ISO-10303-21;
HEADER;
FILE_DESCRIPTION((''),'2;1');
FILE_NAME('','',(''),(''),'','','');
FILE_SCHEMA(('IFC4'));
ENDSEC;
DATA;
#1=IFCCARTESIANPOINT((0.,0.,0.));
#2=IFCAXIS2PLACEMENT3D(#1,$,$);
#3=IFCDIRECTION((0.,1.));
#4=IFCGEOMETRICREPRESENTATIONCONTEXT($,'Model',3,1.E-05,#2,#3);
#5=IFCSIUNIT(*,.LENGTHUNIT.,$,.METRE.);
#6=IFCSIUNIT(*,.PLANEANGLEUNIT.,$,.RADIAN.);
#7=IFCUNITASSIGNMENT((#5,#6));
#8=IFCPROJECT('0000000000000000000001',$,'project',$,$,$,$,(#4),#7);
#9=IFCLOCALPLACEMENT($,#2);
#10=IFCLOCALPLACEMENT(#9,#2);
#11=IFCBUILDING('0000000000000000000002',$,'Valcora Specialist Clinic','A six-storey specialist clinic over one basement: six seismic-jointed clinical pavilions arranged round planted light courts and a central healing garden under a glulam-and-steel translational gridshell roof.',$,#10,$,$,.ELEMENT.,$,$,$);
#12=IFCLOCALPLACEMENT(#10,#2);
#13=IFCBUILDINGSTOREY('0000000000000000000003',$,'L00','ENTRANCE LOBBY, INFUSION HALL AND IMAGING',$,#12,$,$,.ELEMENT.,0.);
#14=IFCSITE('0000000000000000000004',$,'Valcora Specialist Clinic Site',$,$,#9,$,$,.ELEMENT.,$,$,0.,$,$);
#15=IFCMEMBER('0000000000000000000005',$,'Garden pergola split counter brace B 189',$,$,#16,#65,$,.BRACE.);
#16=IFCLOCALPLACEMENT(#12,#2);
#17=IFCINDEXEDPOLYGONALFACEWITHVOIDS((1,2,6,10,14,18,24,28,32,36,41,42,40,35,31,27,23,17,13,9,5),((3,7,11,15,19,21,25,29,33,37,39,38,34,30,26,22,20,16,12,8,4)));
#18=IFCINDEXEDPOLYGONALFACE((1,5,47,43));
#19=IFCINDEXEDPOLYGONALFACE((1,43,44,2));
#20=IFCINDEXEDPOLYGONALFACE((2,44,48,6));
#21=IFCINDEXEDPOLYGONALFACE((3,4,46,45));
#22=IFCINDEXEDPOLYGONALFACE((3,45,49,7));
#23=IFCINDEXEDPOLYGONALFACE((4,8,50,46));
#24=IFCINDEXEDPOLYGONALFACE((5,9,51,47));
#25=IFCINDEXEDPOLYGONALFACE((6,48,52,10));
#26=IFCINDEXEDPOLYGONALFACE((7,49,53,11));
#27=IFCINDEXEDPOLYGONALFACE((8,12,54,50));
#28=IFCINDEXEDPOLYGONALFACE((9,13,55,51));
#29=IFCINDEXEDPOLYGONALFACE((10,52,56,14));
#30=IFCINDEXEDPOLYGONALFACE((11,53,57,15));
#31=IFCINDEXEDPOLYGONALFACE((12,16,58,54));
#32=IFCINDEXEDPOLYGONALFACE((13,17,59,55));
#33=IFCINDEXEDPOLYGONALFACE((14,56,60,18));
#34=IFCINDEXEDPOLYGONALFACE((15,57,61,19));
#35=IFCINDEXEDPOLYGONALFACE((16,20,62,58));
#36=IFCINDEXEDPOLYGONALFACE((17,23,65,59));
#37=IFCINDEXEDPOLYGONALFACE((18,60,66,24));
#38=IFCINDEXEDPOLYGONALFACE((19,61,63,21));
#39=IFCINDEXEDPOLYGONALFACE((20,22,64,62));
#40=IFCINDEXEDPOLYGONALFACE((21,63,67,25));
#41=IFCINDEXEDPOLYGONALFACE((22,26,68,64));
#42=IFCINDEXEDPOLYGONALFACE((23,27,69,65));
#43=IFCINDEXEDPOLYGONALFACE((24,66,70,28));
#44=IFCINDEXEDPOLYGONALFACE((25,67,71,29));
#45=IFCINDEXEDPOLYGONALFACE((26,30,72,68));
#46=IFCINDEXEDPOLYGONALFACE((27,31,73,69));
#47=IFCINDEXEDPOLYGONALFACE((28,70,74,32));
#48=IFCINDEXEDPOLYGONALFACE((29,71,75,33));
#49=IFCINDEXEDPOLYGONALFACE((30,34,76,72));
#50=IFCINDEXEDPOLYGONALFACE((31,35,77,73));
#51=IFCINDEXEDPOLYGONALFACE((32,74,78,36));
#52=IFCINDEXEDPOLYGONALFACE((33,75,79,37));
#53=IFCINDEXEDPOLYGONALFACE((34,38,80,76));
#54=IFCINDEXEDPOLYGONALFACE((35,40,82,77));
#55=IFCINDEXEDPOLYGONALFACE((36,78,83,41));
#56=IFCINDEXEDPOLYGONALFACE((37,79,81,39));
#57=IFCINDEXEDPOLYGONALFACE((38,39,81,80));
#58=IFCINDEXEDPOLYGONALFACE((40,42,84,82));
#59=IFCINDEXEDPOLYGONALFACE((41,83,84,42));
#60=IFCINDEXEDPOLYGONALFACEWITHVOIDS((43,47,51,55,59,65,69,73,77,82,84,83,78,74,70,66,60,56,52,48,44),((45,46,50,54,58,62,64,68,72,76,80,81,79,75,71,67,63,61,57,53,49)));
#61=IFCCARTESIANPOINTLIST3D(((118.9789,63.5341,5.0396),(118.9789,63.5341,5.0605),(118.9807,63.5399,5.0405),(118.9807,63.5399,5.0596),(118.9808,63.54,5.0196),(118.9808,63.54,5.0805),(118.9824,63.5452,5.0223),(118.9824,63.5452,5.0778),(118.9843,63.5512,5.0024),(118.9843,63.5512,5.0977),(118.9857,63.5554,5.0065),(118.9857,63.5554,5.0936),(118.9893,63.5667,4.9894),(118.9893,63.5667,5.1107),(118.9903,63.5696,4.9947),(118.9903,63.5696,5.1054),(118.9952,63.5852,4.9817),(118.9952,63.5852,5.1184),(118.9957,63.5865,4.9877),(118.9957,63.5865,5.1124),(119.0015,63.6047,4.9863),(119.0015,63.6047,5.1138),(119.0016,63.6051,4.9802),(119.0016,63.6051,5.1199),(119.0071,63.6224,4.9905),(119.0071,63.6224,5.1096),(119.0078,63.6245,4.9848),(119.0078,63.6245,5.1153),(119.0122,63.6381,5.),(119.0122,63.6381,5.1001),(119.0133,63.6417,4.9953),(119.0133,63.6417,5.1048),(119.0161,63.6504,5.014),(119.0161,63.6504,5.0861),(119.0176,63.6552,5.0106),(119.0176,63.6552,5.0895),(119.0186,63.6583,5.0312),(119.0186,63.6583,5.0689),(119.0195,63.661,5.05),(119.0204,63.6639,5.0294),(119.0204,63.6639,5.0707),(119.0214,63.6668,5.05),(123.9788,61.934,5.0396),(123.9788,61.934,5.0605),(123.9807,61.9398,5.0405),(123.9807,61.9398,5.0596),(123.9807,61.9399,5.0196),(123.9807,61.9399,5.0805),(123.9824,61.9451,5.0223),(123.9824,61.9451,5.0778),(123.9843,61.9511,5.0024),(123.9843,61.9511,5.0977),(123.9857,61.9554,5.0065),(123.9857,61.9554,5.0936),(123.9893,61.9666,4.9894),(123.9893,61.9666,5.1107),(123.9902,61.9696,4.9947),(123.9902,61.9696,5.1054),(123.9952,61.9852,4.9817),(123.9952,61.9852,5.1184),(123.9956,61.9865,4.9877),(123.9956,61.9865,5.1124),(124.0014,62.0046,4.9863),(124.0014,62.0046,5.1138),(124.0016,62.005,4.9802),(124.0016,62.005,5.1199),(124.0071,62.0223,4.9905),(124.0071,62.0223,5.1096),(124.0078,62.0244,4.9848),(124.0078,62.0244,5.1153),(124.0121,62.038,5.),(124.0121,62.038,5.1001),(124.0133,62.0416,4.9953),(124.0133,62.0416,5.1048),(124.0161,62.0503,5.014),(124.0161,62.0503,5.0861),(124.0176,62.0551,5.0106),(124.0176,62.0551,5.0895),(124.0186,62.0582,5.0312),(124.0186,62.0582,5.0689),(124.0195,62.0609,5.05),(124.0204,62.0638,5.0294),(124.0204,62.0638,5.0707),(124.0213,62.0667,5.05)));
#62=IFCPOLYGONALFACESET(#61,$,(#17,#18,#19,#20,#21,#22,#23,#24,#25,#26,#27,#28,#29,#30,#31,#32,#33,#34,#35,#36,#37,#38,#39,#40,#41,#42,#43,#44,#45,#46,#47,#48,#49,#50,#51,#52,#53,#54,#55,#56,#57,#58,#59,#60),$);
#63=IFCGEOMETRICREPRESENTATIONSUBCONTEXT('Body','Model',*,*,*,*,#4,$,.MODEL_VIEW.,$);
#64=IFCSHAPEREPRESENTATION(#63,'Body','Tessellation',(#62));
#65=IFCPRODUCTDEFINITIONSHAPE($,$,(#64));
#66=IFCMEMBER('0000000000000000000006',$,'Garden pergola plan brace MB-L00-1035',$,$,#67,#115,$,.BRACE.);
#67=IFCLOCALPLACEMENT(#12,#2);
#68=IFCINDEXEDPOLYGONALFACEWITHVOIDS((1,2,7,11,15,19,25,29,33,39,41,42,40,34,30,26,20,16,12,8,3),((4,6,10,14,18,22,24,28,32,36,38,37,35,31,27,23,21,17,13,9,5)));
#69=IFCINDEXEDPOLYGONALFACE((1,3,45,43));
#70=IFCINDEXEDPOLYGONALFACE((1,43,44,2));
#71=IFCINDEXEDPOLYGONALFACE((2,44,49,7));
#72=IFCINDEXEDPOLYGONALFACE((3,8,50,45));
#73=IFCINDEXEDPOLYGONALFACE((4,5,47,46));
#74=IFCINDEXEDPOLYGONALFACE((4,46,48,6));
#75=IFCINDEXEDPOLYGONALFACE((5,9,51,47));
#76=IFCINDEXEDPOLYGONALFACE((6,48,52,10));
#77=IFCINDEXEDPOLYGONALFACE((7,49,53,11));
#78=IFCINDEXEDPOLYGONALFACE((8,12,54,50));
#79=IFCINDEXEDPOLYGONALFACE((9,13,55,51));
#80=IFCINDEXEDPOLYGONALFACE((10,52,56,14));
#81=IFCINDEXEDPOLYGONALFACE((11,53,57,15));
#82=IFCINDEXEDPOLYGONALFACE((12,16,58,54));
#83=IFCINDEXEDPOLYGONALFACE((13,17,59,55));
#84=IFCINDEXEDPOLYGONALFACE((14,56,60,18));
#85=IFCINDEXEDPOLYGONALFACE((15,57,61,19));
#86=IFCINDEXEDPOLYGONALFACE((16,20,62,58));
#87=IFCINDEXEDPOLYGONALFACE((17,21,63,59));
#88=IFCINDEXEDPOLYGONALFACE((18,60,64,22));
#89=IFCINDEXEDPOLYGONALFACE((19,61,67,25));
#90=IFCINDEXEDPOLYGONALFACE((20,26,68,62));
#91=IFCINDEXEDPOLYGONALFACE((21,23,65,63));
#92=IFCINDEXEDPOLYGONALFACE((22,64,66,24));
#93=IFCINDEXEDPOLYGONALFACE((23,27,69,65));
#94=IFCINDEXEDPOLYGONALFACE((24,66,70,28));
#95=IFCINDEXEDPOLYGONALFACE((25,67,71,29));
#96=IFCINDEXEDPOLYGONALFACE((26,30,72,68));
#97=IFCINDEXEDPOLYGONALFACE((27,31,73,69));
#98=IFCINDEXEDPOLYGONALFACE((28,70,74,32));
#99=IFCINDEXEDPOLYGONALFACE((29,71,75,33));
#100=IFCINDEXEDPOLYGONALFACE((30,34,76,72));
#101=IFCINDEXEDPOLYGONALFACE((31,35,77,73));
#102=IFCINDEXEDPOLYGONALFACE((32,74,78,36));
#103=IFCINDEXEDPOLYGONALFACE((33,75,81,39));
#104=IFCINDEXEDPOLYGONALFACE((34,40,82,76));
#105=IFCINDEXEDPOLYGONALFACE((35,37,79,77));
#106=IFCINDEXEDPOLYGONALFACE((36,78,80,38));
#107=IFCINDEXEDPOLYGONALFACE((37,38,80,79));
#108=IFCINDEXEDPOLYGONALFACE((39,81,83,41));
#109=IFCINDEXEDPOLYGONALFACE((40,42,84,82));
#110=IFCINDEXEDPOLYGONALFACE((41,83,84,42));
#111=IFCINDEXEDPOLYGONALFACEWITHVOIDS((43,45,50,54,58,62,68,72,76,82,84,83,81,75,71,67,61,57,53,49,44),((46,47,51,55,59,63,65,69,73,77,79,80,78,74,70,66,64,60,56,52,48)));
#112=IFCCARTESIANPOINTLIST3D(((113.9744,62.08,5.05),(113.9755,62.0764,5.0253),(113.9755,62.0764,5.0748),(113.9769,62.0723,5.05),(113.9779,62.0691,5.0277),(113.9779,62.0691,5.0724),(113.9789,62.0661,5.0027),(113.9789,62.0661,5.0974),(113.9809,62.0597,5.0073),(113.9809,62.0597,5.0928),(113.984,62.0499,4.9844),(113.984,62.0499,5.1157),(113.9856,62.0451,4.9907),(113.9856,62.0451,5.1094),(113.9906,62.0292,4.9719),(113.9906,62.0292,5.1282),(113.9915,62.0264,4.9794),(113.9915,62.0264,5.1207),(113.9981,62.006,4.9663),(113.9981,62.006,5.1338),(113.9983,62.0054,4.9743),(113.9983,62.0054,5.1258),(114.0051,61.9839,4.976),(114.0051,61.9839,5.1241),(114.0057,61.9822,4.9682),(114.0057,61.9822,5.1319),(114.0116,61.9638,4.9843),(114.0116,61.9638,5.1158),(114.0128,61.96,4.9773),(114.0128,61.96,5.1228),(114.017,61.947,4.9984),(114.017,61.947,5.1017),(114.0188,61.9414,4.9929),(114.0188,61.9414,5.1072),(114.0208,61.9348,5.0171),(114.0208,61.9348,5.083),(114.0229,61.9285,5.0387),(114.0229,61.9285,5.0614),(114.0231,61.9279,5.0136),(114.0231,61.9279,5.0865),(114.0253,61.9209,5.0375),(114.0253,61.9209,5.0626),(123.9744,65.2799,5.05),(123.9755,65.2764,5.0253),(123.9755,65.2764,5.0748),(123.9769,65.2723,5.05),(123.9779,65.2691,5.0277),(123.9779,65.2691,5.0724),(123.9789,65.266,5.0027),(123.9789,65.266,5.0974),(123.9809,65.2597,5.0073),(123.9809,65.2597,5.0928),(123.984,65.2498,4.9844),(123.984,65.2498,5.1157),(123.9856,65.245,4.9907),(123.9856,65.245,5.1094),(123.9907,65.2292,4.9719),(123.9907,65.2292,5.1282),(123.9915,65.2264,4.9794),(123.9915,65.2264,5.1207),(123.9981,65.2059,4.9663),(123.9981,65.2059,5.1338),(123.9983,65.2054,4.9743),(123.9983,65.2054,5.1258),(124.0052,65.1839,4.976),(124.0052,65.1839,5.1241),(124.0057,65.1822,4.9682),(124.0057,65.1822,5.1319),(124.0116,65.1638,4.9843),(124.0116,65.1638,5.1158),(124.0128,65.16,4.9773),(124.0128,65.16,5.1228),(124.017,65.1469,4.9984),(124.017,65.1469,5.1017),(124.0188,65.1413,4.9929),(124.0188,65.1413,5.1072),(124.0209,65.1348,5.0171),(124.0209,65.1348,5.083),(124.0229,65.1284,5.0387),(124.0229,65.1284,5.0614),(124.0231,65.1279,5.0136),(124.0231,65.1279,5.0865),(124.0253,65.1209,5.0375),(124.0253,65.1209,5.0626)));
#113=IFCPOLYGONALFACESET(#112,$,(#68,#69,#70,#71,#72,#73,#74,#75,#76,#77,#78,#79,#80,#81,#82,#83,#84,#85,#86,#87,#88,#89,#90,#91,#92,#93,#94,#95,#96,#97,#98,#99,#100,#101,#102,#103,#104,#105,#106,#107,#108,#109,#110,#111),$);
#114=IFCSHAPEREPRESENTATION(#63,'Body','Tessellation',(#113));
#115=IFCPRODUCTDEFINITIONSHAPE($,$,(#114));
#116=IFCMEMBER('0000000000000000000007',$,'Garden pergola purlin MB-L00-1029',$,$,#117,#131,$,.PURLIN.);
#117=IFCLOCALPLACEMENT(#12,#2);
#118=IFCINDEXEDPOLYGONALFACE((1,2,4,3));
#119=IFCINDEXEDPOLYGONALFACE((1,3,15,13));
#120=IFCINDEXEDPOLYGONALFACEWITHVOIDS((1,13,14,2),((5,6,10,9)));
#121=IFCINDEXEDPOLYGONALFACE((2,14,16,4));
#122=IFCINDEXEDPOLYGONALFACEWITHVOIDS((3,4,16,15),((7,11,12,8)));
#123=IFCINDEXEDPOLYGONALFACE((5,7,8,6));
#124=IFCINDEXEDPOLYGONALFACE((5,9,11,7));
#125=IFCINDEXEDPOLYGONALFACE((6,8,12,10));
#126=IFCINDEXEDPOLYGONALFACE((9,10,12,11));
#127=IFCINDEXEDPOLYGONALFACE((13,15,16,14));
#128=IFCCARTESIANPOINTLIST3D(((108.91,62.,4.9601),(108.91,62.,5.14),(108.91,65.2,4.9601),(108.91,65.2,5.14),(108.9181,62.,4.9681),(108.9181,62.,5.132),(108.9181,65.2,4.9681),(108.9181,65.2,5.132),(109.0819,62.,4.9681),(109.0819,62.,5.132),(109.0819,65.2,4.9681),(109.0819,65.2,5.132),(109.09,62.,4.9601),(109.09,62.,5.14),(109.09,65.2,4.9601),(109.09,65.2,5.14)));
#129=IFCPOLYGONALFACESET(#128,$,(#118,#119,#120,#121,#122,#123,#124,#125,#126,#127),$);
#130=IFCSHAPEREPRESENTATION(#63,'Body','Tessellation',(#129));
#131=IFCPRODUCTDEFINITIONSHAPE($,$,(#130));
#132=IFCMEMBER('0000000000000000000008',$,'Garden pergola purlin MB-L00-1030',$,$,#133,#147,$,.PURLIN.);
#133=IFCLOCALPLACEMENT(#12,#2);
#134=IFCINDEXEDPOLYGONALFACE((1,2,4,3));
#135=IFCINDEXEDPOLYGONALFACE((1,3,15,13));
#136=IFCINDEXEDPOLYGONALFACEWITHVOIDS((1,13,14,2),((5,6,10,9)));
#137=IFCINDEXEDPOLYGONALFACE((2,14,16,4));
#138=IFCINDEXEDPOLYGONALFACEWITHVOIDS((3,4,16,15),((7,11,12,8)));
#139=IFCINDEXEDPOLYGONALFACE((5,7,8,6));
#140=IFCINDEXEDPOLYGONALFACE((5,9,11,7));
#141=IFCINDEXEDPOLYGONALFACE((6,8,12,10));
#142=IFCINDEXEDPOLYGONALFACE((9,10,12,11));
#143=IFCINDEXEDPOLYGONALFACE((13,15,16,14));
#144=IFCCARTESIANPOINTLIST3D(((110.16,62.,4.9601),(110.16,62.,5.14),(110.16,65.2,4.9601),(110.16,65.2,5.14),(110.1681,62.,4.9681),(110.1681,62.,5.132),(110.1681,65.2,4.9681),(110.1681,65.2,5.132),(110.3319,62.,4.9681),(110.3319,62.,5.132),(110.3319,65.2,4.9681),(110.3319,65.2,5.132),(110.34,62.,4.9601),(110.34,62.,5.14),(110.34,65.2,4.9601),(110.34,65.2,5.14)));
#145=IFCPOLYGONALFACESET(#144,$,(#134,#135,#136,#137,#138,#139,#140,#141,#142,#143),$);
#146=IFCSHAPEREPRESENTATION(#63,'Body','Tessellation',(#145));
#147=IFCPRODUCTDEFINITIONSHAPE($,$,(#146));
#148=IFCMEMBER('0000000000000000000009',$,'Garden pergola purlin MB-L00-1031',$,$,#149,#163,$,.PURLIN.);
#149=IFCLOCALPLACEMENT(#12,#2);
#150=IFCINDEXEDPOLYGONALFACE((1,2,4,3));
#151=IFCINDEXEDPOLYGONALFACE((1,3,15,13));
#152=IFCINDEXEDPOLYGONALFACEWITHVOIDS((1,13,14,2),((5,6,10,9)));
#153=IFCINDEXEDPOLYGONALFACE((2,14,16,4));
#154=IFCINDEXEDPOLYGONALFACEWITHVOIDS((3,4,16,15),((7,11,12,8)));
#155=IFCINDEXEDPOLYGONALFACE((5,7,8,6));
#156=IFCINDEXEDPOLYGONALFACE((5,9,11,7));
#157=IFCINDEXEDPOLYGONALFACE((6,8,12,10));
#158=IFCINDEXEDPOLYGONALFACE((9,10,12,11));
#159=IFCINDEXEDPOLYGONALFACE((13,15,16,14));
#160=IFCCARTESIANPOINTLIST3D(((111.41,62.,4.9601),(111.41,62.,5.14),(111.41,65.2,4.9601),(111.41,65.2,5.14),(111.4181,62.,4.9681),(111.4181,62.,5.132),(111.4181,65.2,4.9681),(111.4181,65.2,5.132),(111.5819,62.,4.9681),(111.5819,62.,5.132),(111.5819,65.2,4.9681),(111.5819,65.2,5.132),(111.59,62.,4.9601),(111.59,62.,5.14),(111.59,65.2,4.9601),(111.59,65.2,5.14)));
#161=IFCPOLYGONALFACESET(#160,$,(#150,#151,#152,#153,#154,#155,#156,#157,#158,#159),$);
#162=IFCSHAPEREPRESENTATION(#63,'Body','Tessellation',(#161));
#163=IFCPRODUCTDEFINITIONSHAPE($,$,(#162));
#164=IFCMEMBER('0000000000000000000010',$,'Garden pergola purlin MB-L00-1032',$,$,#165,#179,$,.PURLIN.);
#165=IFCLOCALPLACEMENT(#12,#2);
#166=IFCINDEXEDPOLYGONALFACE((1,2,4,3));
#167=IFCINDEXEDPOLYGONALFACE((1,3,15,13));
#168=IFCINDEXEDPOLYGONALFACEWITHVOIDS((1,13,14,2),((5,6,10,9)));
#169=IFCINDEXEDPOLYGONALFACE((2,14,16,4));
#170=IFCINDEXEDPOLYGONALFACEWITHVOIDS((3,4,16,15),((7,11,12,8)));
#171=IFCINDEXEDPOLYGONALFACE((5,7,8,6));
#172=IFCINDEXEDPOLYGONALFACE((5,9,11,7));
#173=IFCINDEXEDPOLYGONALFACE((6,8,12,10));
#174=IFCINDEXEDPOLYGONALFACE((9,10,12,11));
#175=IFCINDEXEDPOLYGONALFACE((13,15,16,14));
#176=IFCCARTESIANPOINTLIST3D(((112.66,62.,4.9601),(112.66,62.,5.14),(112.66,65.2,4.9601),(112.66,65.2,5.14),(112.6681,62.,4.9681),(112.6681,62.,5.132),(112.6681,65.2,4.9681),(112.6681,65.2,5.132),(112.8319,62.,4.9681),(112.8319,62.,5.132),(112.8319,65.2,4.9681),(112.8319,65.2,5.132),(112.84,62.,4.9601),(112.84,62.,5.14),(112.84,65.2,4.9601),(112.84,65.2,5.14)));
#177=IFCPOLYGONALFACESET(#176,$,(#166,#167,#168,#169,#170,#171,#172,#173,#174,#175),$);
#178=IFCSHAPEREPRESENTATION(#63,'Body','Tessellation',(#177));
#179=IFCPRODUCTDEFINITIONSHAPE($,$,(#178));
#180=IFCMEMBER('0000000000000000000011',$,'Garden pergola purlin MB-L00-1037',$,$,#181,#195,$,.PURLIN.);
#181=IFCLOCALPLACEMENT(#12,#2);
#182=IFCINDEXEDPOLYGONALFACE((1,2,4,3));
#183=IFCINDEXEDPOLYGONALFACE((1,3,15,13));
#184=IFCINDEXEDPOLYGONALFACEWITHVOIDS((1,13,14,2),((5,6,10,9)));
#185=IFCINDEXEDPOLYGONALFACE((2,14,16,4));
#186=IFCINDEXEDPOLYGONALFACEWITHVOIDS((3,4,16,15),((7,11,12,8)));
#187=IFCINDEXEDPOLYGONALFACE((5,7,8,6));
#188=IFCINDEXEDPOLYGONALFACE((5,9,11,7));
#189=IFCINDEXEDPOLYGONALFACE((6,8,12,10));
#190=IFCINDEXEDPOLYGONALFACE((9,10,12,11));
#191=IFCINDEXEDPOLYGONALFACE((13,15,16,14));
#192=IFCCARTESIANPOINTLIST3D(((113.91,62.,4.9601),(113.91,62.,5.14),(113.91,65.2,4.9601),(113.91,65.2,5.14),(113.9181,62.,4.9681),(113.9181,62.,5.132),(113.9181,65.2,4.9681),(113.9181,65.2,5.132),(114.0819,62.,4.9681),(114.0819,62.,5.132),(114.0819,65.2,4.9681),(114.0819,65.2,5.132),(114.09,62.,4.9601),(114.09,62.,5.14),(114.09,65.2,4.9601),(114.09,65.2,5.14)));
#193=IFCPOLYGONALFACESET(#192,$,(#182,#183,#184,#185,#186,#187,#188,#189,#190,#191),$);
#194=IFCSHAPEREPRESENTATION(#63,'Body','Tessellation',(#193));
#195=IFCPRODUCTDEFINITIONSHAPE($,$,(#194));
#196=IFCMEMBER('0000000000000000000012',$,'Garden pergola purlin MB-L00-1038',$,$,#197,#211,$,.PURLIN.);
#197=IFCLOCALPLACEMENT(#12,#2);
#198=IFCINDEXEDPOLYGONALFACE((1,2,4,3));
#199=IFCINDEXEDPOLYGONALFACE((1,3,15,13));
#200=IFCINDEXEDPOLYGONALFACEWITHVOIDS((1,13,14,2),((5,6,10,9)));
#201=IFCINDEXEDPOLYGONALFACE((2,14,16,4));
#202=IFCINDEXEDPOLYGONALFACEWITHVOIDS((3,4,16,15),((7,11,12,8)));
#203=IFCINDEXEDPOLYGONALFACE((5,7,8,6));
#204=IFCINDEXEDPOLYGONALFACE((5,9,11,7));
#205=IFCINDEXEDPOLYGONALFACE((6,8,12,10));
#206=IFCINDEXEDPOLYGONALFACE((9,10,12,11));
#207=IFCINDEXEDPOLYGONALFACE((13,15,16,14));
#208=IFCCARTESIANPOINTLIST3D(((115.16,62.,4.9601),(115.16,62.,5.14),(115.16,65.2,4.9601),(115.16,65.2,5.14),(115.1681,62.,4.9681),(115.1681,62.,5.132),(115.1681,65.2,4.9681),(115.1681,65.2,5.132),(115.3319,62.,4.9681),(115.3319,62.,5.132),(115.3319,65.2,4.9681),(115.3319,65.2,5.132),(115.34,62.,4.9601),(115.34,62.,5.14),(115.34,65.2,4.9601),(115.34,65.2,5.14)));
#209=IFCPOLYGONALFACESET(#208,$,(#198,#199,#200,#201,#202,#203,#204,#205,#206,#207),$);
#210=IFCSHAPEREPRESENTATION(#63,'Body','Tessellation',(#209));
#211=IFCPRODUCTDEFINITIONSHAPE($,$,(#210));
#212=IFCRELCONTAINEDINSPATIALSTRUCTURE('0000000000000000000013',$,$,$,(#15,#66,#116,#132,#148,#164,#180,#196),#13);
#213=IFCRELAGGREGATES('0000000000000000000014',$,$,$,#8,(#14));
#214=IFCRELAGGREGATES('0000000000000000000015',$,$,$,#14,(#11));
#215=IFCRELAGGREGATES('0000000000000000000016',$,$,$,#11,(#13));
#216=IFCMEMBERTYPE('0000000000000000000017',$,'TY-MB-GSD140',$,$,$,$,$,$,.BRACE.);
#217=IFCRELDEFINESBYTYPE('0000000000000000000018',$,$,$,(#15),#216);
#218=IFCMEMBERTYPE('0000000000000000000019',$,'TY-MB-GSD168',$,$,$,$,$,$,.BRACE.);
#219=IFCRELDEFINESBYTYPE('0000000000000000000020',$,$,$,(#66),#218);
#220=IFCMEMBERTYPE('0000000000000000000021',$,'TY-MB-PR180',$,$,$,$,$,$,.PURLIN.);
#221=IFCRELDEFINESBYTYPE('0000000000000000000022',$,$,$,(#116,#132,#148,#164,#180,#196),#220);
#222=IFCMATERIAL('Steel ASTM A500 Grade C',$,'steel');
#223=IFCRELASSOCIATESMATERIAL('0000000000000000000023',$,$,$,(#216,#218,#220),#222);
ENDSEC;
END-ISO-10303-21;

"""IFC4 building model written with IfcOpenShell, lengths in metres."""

from ifc_helpers import new_model, si_unit, direction, frame, origin, origin_2d, place, context, subcontext, project, spatial, hollow_rectangle, hollow_circle, extrude, material, material_profile, profile_set, type_object, element, save


model = new_model("IFC4")

# Units and contexts
model_context = context("Model", 3, precision=1e-05, world=origin(), true_north=direction((0.0, 1.0)))
body_context = subcontext(model_context, "Body", "Model", "MODEL_VIEW")
ifc_project = project(units=[si_unit("LENGTHUNIT", "METRE"), si_unit("PLANEANGLEUNIT", "RADIAN")], contexts=[model_context])

# Site, building, storey
site_placement = place(None, origin())
site = spatial("IfcSite", under=ifc_project, at=site_placement, Name="Valcora Specialist Clinic Site", CompositionType="ELEMENT", RefElevation=0.0)
building_placement = place(site_placement, origin())
building = spatial("IfcBuilding", under=site, at=building_placement, Name="Valcora Specialist Clinic", Description="A six-storey specialist clinic over one basement: six seismic-jointed clinical pavilions arranged round planted light courts and a central healing garden under a glulam-and-steel translational gridshell roof.", CompositionType="ELEMENT")
storey_placement = place(building_placement, origin())
storey = spatial("IfcBuildingStorey", under=building, at=storey_placement, Name="L00", Description="ENTRANCE LOBBY, INFUSION HALL AND IMAGING", CompositionType="ELEMENT", Elevation=0.0)

# Members
ifc_material_1 = material(Name="Steel ASTM A500 Grade C", Category="steel")
ifc_material_profile_1 = material_profile(ifc_material_1, hollow_circle(Radius=0.0701, WallThickness=0.0061, at=origin_2d()), Name="ST-CHS-140X6")
ifc_profile_set_1 = profile_set([ifc_material_profile_1], Name="Steel ASTM A500 Grade C")
member_type_1 = type_object("IfcMemberType", Name="TY-MB-GSD140", PredefinedType="BRACE", material=ifc_profile_set_1)
for number, where, z_axis, x_axis, name in (
    (1, (119.0, 63.6001, 5.05), (0.952419, -0.304793, 0.0), (0.304793, 0.952419, 0.0), "Garden pergola split counter brace B 189"),
):
    element("IfcMember", number, at=place(storey_placement, frame(where, z_axis=z_axis, x_axis=x_axis)), inside=storey, type_object=member_type_1, Name=name, PredefinedType="BRACE", context=body_context, shape_type="SweptSolid", body=[
        extrude(hollow_circle(Radius=0.0701, WallThickness=0.0061, at=origin_2d()), origin(), (0.0, 0.0, 1.0), 5.2498),
    ])
ifc_material_profile_2 = material_profile(ifc_material_1, hollow_circle(Radius=0.084, WallThickness=0.0081, at=origin_2d()), Name="ST-CHS-168X8")
ifc_profile_set_2 = profile_set([ifc_material_profile_2], Name="Steel ASTM A500 Grade C")
member_type_2 = type_object("IfcMemberType", Name="TY-MB-GSD168", PredefinedType="BRACE", material=ifc_profile_set_2)
member_1_placement = place(storey_placement, frame((114.0, 62.0, 5.05), z_axis=(0.952425, 0.304772, 0.0), x_axis=(-0.304772, 0.952425, 0.0)))
element("IfcMember", 2, at=member_1_placement, inside=storey, type_object=member_type_2, Name="Garden pergola plan brace MB-L00-1035", PredefinedType="BRACE", context=body_context, shape_type="SweptSolid", body=[
    extrude(hollow_circle(Radius=0.084, WallThickness=0.0081, at=origin_2d()), origin(), (0.0, 0.0, 1.0), 10.4995),
])
ifc_material_profile_3 = material_profile(ifc_material_1, hollow_rectangle(XDim=0.1799, YDim=0.1799, WallThickness=0.0081, at=origin_2d()), Name="ST-RHS-180X180X8")
ifc_profile_set_3 = profile_set([ifc_material_profile_3], Name="Steel ASTM A500 Grade C")
member_type_3 = type_object("IfcMemberType", Name="TY-MB-PR180", PredefinedType="PURLIN", material=ifc_profile_set_3)
for number, where, z_axis, x_axis, name in (
    (3, (109.0, 62.0, 5.05), (0.0, 1.0, 0.0), (-1.0, 0.0, 0.0), "Garden pergola purlin MB-L00-1029"),
    (4, (110.25, 62.0, 5.05), (0.0, 1.0, 0.0), (-1.0, 0.0, 0.0), "Garden pergola purlin MB-L00-1030"),
    (5, (111.5, 62.0, 5.05), (0.0, 1.0, 0.0), (-1.0, 0.0, 0.0), "Garden pergola purlin MB-L00-1031"),
    (6, (112.75, 62.0, 5.05), (0.0, 1.0, 0.0), (-1.0, 0.0, 0.0), "Garden pergola purlin MB-L00-1032"),
    (7, (114.0, 62.0, 5.05), (0.0, 1.0, 0.0), (-1.0, 0.0, 0.0), "Garden pergola purlin MB-L00-1037"),
    (8, (115.25, 62.0, 5.05), (0.0, 1.0, 0.0), (-1.0, 0.0, 0.0), "Garden pergola purlin MB-L00-1038"),
):
    element("IfcMember", number, at=place(storey_placement, frame(where, z_axis=z_axis, x_axis=x_axis)), inside=storey, type_object=member_type_3, Name=name, PredefinedType="PURLIN", context=body_context, shape_type="SweptSolid", body=[
        extrude(hollow_rectangle(XDim=0.1799, YDim=0.1799, WallThickness=0.0081, at=origin_2d()), origin(), (0.0, 0.0, 1.0), 3.2),
    ])

save(model, "model.ifc")
